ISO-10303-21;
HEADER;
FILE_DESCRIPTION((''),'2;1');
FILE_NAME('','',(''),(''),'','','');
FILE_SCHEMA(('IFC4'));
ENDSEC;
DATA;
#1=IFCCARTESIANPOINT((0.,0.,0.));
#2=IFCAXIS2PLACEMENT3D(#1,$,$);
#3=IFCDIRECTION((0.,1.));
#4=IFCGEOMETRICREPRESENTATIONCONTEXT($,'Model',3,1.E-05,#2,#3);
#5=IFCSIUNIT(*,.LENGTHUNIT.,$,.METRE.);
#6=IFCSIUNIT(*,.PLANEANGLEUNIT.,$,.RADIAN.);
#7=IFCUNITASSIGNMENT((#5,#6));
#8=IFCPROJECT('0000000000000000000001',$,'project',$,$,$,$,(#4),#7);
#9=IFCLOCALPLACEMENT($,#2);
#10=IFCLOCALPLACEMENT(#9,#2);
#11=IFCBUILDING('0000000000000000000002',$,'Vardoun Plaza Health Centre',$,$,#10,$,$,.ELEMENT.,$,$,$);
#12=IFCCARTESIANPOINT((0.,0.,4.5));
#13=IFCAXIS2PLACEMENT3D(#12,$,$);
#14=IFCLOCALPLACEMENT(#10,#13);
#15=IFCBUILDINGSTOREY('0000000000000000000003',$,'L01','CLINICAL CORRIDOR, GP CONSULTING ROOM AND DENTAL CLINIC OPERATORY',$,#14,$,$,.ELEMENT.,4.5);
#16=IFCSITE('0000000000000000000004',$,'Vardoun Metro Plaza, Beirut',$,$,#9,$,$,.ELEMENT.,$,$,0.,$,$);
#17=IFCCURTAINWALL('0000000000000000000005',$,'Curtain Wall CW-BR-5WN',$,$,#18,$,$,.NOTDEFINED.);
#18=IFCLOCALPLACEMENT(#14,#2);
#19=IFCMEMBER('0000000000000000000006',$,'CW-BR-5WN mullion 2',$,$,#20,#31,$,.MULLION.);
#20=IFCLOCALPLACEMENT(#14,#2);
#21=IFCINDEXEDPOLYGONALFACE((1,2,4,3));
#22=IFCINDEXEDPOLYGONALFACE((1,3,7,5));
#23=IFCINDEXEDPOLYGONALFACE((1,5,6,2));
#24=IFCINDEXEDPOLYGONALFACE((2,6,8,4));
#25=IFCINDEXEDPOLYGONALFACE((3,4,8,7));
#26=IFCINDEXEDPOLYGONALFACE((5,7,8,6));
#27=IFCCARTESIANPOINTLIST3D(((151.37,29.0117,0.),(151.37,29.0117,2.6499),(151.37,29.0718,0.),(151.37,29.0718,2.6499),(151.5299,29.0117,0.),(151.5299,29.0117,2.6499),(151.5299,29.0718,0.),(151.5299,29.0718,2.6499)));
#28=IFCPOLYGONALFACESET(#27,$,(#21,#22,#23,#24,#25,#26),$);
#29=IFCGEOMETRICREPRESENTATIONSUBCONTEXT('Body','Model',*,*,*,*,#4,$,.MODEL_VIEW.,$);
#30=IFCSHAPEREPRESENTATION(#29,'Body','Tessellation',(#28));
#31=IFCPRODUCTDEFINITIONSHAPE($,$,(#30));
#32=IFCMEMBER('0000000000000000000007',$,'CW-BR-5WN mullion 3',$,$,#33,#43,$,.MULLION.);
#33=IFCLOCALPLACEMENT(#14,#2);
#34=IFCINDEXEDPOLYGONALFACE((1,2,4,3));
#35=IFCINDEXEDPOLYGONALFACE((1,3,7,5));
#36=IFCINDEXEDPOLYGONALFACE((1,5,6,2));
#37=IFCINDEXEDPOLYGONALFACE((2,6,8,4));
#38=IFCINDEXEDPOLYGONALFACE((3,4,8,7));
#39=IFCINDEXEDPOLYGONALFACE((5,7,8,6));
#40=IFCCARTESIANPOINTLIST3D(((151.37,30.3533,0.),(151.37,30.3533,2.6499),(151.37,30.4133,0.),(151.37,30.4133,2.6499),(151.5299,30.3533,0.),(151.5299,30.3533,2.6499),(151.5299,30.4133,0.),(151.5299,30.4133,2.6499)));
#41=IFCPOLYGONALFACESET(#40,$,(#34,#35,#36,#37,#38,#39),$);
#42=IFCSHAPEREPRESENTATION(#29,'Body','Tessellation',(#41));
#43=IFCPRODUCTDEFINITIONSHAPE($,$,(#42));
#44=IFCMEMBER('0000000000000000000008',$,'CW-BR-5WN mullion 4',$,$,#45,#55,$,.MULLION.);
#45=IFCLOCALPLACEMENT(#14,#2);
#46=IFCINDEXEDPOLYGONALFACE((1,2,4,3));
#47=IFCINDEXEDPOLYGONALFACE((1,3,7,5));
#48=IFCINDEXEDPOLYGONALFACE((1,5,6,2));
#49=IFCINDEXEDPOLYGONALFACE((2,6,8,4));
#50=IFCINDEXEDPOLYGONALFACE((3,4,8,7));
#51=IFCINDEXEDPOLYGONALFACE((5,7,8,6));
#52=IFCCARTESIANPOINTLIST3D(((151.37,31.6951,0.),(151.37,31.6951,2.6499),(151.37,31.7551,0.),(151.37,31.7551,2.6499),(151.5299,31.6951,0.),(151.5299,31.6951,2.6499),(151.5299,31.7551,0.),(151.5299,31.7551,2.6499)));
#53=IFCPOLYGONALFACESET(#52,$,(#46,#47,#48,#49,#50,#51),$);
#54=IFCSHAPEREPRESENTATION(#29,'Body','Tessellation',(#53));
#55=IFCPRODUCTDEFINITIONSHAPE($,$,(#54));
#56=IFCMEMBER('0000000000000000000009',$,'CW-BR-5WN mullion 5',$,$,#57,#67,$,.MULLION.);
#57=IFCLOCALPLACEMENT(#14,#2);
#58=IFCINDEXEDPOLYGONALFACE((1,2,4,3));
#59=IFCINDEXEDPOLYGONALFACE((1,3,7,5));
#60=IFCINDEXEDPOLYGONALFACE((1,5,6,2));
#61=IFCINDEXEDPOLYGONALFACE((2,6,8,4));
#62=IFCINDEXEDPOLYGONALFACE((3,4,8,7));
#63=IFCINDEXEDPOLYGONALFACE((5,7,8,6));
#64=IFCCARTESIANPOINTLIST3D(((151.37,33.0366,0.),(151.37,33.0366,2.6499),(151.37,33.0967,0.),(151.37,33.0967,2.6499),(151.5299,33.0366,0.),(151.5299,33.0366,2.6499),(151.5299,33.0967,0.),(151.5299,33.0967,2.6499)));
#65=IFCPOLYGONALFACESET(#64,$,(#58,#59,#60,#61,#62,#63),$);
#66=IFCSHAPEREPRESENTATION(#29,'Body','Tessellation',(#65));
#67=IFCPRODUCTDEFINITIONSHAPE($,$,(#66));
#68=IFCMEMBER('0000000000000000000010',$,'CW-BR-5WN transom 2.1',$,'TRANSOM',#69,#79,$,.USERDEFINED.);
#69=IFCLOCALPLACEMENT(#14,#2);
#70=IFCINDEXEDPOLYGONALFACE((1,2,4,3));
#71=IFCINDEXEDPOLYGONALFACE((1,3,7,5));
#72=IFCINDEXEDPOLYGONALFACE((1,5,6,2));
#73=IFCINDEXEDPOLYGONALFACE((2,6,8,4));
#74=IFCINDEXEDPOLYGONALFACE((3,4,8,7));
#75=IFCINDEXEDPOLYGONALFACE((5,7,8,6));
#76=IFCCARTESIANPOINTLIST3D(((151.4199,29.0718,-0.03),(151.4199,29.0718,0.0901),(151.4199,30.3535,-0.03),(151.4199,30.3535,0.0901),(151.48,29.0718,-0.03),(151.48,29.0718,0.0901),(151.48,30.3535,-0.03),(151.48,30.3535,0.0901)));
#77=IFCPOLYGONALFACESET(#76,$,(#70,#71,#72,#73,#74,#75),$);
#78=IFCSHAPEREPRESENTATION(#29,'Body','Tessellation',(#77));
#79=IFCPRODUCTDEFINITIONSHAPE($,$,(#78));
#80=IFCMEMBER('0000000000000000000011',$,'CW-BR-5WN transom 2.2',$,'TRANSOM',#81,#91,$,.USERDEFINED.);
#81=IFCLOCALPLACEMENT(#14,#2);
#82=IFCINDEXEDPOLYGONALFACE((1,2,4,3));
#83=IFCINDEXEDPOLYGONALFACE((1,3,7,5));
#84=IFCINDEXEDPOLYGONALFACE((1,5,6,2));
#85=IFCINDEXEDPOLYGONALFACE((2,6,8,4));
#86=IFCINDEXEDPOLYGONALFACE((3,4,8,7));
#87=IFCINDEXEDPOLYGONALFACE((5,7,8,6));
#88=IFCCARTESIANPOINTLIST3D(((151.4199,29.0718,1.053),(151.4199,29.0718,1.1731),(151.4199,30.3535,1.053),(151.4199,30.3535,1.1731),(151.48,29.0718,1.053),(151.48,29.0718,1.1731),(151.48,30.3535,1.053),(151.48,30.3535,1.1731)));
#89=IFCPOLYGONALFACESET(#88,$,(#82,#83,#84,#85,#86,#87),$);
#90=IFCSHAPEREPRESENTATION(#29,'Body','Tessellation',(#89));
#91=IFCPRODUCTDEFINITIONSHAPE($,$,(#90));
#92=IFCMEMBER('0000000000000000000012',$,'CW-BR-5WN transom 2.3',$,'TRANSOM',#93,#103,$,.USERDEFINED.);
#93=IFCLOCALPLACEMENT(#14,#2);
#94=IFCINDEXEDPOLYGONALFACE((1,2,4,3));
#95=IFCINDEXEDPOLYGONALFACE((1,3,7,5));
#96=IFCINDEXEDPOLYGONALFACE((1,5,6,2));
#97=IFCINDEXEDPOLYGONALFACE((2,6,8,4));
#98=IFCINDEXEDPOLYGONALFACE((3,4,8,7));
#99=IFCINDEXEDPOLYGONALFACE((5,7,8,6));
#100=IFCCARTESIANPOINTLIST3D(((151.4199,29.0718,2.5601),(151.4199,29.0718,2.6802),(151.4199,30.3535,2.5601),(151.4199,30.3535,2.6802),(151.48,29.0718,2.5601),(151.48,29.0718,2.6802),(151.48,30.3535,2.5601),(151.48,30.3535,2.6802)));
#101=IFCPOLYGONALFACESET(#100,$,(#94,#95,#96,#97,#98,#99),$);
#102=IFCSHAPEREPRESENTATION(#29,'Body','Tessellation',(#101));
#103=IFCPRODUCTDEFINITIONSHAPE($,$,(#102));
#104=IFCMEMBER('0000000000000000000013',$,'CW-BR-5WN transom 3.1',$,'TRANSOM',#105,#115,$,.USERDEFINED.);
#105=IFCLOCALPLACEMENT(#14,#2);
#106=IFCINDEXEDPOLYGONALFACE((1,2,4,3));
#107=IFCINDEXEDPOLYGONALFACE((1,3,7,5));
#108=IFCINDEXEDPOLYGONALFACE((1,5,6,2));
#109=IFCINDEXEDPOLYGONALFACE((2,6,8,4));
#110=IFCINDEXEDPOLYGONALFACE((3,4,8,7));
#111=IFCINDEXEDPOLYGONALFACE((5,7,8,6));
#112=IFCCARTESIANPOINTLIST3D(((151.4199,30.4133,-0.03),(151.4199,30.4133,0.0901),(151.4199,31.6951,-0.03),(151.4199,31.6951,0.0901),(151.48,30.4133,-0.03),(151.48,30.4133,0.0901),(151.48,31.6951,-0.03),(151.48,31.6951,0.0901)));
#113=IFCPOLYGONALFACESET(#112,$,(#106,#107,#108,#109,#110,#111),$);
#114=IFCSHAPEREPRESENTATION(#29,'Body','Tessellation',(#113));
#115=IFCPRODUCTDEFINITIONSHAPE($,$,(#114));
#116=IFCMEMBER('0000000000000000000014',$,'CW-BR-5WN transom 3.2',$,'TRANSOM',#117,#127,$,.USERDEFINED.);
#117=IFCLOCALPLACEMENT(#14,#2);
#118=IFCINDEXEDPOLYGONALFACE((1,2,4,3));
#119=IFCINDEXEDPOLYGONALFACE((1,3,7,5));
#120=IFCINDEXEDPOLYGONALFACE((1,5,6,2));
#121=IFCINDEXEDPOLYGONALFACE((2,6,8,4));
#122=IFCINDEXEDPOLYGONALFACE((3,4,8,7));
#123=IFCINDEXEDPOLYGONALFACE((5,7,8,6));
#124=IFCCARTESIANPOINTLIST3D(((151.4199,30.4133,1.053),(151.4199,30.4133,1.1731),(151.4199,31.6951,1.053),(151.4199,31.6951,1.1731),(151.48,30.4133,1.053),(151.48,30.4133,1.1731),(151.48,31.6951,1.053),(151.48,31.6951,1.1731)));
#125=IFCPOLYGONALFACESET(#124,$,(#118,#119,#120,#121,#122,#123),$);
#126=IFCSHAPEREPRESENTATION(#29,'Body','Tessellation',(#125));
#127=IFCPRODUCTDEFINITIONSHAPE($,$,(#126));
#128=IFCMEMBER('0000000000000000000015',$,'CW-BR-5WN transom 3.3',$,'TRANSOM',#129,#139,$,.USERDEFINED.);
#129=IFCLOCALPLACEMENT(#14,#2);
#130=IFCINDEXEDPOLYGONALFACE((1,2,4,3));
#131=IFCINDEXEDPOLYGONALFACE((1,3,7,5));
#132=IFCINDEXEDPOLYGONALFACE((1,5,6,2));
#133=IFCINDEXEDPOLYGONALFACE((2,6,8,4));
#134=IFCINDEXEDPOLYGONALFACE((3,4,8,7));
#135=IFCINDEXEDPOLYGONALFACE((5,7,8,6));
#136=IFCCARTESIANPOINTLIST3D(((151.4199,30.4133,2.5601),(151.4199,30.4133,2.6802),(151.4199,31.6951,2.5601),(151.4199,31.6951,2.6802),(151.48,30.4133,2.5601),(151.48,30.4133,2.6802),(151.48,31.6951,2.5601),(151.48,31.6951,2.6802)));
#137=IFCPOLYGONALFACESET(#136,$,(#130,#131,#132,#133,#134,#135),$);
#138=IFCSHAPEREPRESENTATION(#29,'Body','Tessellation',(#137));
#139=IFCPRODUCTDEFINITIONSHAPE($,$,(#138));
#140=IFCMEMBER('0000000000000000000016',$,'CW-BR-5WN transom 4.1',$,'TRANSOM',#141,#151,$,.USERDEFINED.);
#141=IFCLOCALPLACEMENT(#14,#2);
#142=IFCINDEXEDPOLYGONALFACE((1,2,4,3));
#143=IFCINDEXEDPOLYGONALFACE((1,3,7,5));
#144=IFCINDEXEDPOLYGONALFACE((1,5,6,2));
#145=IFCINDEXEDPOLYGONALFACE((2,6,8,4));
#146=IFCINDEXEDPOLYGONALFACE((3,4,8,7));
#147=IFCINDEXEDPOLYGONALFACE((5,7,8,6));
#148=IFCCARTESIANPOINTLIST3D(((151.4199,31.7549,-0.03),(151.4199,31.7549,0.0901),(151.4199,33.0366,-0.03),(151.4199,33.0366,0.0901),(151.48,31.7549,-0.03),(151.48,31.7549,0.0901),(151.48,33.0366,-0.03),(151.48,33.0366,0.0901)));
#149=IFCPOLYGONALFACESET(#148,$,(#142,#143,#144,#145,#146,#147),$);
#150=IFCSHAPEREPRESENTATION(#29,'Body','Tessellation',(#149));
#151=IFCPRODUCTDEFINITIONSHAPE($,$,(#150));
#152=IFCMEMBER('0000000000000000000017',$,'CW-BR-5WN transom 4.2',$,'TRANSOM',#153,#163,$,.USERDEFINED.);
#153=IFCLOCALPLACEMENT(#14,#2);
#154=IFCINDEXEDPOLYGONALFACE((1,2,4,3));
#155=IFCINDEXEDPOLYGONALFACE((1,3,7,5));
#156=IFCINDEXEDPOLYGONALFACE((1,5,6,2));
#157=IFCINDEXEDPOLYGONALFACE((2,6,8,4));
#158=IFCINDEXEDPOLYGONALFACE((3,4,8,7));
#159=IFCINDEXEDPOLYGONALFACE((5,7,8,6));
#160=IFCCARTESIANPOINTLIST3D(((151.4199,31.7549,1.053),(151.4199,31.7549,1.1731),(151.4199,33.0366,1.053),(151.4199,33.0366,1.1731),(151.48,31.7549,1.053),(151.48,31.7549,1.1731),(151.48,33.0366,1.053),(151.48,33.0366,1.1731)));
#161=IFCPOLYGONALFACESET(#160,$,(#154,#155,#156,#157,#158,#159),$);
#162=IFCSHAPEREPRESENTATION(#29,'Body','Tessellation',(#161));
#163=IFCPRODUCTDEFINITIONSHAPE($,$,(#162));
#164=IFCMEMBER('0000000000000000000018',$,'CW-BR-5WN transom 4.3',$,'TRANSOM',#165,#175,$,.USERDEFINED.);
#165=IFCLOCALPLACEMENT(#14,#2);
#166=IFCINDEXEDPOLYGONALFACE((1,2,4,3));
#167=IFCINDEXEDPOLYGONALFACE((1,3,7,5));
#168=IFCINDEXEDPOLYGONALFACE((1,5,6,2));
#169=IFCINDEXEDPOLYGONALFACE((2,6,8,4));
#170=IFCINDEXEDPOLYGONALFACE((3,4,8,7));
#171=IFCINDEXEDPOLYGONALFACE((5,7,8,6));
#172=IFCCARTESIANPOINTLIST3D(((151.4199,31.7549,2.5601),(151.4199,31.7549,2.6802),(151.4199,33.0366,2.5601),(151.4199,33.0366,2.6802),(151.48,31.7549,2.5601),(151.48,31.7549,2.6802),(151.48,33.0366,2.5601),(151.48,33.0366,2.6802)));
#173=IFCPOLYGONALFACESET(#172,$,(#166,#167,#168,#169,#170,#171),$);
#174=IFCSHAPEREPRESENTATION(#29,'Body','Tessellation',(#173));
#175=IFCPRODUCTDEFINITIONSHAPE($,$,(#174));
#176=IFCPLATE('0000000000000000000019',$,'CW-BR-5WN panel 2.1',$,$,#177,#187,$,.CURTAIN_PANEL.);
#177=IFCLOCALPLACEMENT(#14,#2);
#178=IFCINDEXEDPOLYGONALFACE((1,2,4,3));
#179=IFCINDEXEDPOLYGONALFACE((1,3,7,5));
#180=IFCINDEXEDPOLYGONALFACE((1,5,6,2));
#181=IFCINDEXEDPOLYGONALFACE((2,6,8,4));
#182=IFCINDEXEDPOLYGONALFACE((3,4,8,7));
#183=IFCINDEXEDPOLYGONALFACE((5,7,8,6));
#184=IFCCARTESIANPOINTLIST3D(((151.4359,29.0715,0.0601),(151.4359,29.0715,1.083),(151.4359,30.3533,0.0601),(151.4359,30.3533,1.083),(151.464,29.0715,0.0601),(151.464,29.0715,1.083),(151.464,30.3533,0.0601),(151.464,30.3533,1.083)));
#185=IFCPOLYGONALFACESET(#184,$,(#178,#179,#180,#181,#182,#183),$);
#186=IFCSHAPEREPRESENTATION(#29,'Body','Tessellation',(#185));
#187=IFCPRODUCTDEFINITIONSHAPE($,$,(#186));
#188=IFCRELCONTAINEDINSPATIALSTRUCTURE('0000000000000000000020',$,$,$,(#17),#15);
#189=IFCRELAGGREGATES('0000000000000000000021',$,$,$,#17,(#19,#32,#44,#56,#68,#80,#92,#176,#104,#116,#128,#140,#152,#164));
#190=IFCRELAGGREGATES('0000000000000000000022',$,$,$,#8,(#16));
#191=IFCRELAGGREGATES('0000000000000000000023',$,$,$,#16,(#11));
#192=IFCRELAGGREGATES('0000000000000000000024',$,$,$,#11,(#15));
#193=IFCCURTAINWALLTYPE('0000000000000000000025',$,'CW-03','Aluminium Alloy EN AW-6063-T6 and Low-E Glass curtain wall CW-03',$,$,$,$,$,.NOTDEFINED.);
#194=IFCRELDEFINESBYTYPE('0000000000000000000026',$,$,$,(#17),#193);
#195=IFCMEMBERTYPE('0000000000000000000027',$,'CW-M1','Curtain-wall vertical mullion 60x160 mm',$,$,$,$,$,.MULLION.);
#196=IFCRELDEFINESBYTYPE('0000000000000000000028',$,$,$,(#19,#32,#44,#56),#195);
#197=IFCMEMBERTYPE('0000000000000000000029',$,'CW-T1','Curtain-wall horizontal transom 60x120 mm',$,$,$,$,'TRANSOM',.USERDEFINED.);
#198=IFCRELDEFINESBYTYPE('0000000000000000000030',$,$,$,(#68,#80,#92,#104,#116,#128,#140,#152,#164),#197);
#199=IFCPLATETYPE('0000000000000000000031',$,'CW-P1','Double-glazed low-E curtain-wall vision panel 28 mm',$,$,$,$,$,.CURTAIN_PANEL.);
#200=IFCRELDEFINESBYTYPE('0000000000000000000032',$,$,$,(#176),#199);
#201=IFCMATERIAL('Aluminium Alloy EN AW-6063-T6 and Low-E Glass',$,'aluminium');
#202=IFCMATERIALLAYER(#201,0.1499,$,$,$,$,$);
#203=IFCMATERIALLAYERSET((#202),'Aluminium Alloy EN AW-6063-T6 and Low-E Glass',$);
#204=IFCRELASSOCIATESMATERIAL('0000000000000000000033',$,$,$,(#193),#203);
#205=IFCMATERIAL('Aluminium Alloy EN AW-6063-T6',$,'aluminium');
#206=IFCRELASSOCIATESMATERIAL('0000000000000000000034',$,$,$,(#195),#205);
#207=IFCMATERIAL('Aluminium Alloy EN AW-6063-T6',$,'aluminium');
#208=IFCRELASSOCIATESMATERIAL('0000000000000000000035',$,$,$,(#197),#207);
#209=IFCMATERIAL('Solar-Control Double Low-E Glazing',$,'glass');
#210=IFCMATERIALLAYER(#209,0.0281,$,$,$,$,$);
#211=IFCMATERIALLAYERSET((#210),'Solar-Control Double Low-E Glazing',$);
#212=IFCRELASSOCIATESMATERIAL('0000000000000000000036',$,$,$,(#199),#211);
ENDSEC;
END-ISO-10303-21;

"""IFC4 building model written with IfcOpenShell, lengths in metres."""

from ifc_helpers import new_model, si_unit, direction, frame, origin, origin_2d, place, context, subcontext, project, spatial, rectangle, extrude, material, layer, layer_set, material_profile, profile_set, type_object, element, aggregate, save


model = new_model("IFC4")

# Units and contexts
model_context = context("Model", 3, precision=1e-05, world=origin(), true_north=direction((0.0, 1.0)))
body_context = subcontext(model_context, "Body", "Model", "MODEL_VIEW")
ifc_project = project(units=[si_unit("LENGTHUNIT", "METRE"), si_unit("PLANEANGLEUNIT", "RADIAN")], contexts=[model_context])

# Site, building, storey
site_placement = place(None, origin())
site = spatial("IfcSite", under=ifc_project, at=site_placement, Name="Vardoun Metro Plaza, Beirut", CompositionType="ELEMENT", RefElevation=0.0)
building_placement = place(site_placement, origin())
building = spatial("IfcBuilding", under=site, at=building_placement, Name="Vardoun Plaza Health Centre", CompositionType="ELEMENT")
storey_placement = place(building_placement, frame((0.0, 0.0, 4.5)))
storey = spatial("IfcBuildingStorey", under=building, at=storey_placement, Name="L01", Description="CLINICAL CORRIDOR, GP CONSULTING ROOM AND DENTAL CLINIC OPERATORY", CompositionType="ELEMENT", Elevation=4.5)

# Curtain wall, members, plate
ifc_material_1 = material(Name="Aluminium Alloy EN AW-6063-T6 and Low-E Glass", Category="aluminium")
ifc_layer_1 = layer(ifc_material_1, 0.1499)
ifc_layer_set_1 = layer_set([ifc_layer_1], Name="Aluminium Alloy EN AW-6063-T6 and Low-E Glass")
curtain_wall_type = type_object("IfcCurtainWallType", Name="CW-03", Description="Aluminium Alloy EN AW-6063-T6 and Low-E Glass curtain wall CW-03", PredefinedType="NOTDEFINED", material=ifc_layer_set_1)
curtain_wall_1_placement = place(storey_placement, origin())
curtain_wall_1 = element("IfcCurtainWall", 1, at=curtain_wall_1_placement, inside=storey, type_object=curtain_wall_type, Name="Curtain Wall CW-BR-5WN", PredefinedType="NOTDEFINED")
ifc_material_2 = material(Name="Aluminium Alloy EN AW-6063-T6", Category="aluminium")
ifc_material_profile_1 = material_profile(ifc_material_2, rectangle(XDim=0.1599, YDim=0.0601, at=origin_2d()), Name="CWM 60x160")
ifc_profile_set_1 = profile_set([ifc_material_profile_1], Name="Aluminium Alloy EN AW-6063-T6")
member_type_1 = type_object("IfcMemberType", Name="CW-M1", Description="Curtain-wall vertical mullion 60x160 mm", PredefinedType="MULLION", material=ifc_profile_set_1)
member_1_placement = place(storey_placement, frame((151.45, 29.0417, 0.0), z_axis=(0.0, 0.0, 1.0), x_axis=(-1.0, 0.0, 0.0)))
member_1 = element("IfcMember", 2, at=member_1_placement, type_object=member_type_1, Name="CW-BR-5WN mullion 2", PredefinedType="MULLION", context=body_context, shape_type="SweptSolid", body=[
    extrude(rectangle(XDim=0.1599, YDim=0.0601, at=origin_2d()), origin(), (0.0, 0.0, 1.0), 2.6499),
])
member_2_placement = place(storey_placement, frame((151.45, 30.3833, 0.0), z_axis=(0.0, 0.0, 1.0), x_axis=(-1.0, 0.0, 0.0)))
member_2 = element("IfcMember", 3, at=member_2_placement, type_object=member_type_1, Name="CW-BR-5WN mullion 3", PredefinedType="MULLION", context=body_context, shape_type="SweptSolid", body=[
    extrude(rectangle(XDim=0.1599, YDim=0.0601, at=origin_2d()), origin(), (0.0, 0.0, 1.0), 2.6499),
])
member_3_placement = place(storey_placement, frame((151.45, 31.7251, 0.0), z_axis=(0.0, 0.0, 1.0), x_axis=(-1.0, 0.0, 0.0)))
member_3 = element("IfcMember", 4, at=member_3_placement, type_object=member_type_1, Name="CW-BR-5WN mullion 4", PredefinedType="MULLION", context=body_context, shape_type="SweptSolid", body=[
    extrude(rectangle(XDim=0.1599, YDim=0.0601, at=origin_2d()), origin(), (0.0, 0.0, 1.0), 2.6499),
])
member_4_placement = place(storey_placement, frame((151.45, 33.0667, 0.0), z_axis=(0.0, 0.0, 1.0), x_axis=(-1.0, 0.0, 0.0)))
member_4 = element("IfcMember", 5, at=member_4_placement, type_object=member_type_1, Name="CW-BR-5WN mullion 5", PredefinedType="MULLION", context=body_context, shape_type="SweptSolid", body=[
    extrude(rectangle(XDim=0.1599, YDim=0.0601, at=origin_2d()), origin(), (0.0, 0.0, 1.0), 2.6499),
])
ifc_material_3 = material(Name="Aluminium Alloy EN AW-6063-T6", Category="aluminium")
ifc_material_profile_2 = material_profile(ifc_material_3, rectangle(XDim=0.0601, YDim=0.1201, at=origin_2d()), Name="CWT 60x120")
ifc_profile_set_2 = profile_set([ifc_material_profile_2], Name="Aluminium Alloy EN AW-6063-T6")
member_type_2 = type_object("IfcMemberType", Name="CW-T1", Description="Curtain-wall horizontal transom 60x120 mm", ElementType="TRANSOM", PredefinedType="USERDEFINED", material=ifc_profile_set_2)
member_5_placement = place(storey_placement, frame((151.45, 29.0718, 0.03), z_axis=(0.0, 1.0, 0.0), x_axis=(-1.0, 0.0, 0.0)))
member_5 = element("IfcMember", 6, at=member_5_placement, type_object=member_type_2, Name="CW-BR-5WN transom 2.1", ObjectType="TRANSOM", PredefinedType="USERDEFINED", context=body_context, shape_type="SweptSolid", body=[
    extrude(rectangle(XDim=0.0601, YDim=0.1201, at=origin_2d()), origin(), (0.0, 0.0, 1.0), 1.2817),
])
member_6_placement = place(storey_placement, frame((151.45, 29.0718, 1.113), z_axis=(0.0, 1.0, 0.0), x_axis=(-1.0, 0.0, 0.0)))
member_6 = element("IfcMember", 7, at=member_6_placement, type_object=member_type_2, Name="CW-BR-5WN transom 2.2", ObjectType="TRANSOM", PredefinedType="USERDEFINED", context=body_context, shape_type="SweptSolid", body=[
    extrude(rectangle(XDim=0.0601, YDim=0.1201, at=origin_2d()), origin(), (0.0, 0.0, 1.0), 1.2817),
])
member_7_placement = place(storey_placement, frame((151.45, 29.0718, 2.6201), z_axis=(0.0, 1.0, 0.0), x_axis=(-1.0, 0.0, 0.0)))
member_7 = element("IfcMember", 8, at=member_7_placement, type_object=member_type_2, Name="CW-BR-5WN transom 2.3", ObjectType="TRANSOM", PredefinedType="USERDEFINED", context=body_context, shape_type="SweptSolid", body=[
    extrude(rectangle(XDim=0.0601, YDim=0.1201, at=origin_2d()), origin(), (0.0, 0.0, 1.0), 1.2817),
])
member_8_placement = place(storey_placement, frame((151.45, 30.4133, 0.03), z_axis=(0.0, 1.0, 0.0), x_axis=(-1.0, 0.0, 0.0)))
member_8 = element("IfcMember", 9, at=member_8_placement, type_object=member_type_2, Name="CW-BR-5WN transom 3.1", ObjectType="TRANSOM", PredefinedType="USERDEFINED", context=body_context, shape_type="SweptSolid", body=[
    extrude(rectangle(XDim=0.0601, YDim=0.1201, at=origin_2d()), origin(), (0.0, 0.0, 1.0), 1.2817),
])
member_9_placement = place(storey_placement, frame((151.45, 30.4133, 1.113), z_axis=(0.0, 1.0, 0.0), x_axis=(-1.0, 0.0, 0.0)))
member_9 = element("IfcMember", 10, at=member_9_placement, type_object=member_type_2, Name="CW-BR-5WN transom 3.2", ObjectType="TRANSOM", PredefinedType="USERDEFINED", context=body_context, shape_type="SweptSolid", body=[
    extrude(rectangle(XDim=0.0601, YDim=0.1201, at=origin_2d()), origin(), (0.0, 0.0, 1.0), 1.2817),
])
member_10_placement = place(storey_placement, frame((151.45, 30.4133, 2.6201), z_axis=(0.0, 1.0, 0.0), x_axis=(-1.0, 0.0, 0.0)))
member_10 = element("IfcMember", 11, at=member_10_placement, type_object=member_type_2, Name="CW-BR-5WN transom 3.3", ObjectType="TRANSOM", PredefinedType="USERDEFINED", context=body_context, shape_type="SweptSolid", body=[
    extrude(rectangle(XDim=0.0601, YDim=0.1201, at=origin_2d()), origin(), (0.0, 0.0, 1.0), 1.2817),
])
member_11_placement = place(storey_placement, frame((151.45, 31.7549, 0.03), z_axis=(0.0, 1.0, 0.0), x_axis=(-1.0, 0.0, 0.0)))
member_11 = element("IfcMember", 12, at=member_11_placement, type_object=member_type_2, Name="CW-BR-5WN transom 4.1", ObjectType="TRANSOM", PredefinedType="USERDEFINED", context=body_context, shape_type="SweptSolid", body=[
    extrude(rectangle(XDim=0.0601, YDim=0.1201, at=origin_2d()), origin(), (0.0, 0.0, 1.0), 1.2817),
])
member_12_placement = place(storey_placement, frame((151.45, 31.7549, 1.113), z_axis=(0.0, 1.0, 0.0), x_axis=(-1.0, 0.0, 0.0)))
member_12 = element("IfcMember", 13, at=member_12_placement, type_object=member_type_2, Name="CW-BR-5WN transom 4.2", ObjectType="TRANSOM", PredefinedType="USERDEFINED", context=body_context, shape_type="SweptSolid", body=[
    extrude(rectangle(XDim=0.0601, YDim=0.1201, at=origin_2d()), origin(), (0.0, 0.0, 1.0), 1.2817),
])
member_13_placement = place(storey_placement, frame((151.45, 31.7549, 2.6201), z_axis=(0.0, 1.0, 0.0), x_axis=(-1.0, 0.0, 0.0)))
member_13 = element("IfcMember", 14, at=member_13_placement, type_object=member_type_2, Name="CW-BR-5WN transom 4.3", ObjectType="TRANSOM", PredefinedType="USERDEFINED", context=body_context, shape_type="SweptSolid", body=[
    extrude(rectangle(XDim=0.0601, YDim=0.1201, at=origin_2d()), origin(), (0.0, 0.0, 1.0), 1.2817),
])
ifc_material_4 = material(Name="Solar-Control Double Low-E Glazing", Category="glass")
ifc_layer_2 = layer(ifc_material_4, 0.0281)
ifc_layer_set_2 = layer_set([ifc_layer_2], Name="Solar-Control Double Low-E Glazing")
plate_type = type_object("IfcPlateType", Name="CW-P1", Description="Double-glazed low-E curtain-wall vision panel 28 mm", PredefinedType="CURTAIN_PANEL", material=ifc_layer_set_2)
plate_1_placement = place(storey_placement, frame((151.45, 29.7124, 0.0601), z_axis=(0.0, 0.0, 1.0), x_axis=(0.0, 1.0, 0.0)))
plate_1 = element("IfcPlate", 15, at=plate_1_placement, type_object=plate_type, Name="CW-BR-5WN panel 2.1", PredefinedType="CURTAIN_PANEL", context=body_context, shape_type="SweptSolid", body=[
    extrude(rectangle(XDim=1.2817, YDim=0.0281, at=origin_2d()), origin(), (0.0, 0.0, 1.0), 1.0229),
])
aggregate(curtain_wall_1, [member_1, member_2, member_3, member_4, member_5, member_6, member_7, plate_1, member_8, member_9, member_10, member_11, member_12, member_13])

save(model, "model.ifc")
